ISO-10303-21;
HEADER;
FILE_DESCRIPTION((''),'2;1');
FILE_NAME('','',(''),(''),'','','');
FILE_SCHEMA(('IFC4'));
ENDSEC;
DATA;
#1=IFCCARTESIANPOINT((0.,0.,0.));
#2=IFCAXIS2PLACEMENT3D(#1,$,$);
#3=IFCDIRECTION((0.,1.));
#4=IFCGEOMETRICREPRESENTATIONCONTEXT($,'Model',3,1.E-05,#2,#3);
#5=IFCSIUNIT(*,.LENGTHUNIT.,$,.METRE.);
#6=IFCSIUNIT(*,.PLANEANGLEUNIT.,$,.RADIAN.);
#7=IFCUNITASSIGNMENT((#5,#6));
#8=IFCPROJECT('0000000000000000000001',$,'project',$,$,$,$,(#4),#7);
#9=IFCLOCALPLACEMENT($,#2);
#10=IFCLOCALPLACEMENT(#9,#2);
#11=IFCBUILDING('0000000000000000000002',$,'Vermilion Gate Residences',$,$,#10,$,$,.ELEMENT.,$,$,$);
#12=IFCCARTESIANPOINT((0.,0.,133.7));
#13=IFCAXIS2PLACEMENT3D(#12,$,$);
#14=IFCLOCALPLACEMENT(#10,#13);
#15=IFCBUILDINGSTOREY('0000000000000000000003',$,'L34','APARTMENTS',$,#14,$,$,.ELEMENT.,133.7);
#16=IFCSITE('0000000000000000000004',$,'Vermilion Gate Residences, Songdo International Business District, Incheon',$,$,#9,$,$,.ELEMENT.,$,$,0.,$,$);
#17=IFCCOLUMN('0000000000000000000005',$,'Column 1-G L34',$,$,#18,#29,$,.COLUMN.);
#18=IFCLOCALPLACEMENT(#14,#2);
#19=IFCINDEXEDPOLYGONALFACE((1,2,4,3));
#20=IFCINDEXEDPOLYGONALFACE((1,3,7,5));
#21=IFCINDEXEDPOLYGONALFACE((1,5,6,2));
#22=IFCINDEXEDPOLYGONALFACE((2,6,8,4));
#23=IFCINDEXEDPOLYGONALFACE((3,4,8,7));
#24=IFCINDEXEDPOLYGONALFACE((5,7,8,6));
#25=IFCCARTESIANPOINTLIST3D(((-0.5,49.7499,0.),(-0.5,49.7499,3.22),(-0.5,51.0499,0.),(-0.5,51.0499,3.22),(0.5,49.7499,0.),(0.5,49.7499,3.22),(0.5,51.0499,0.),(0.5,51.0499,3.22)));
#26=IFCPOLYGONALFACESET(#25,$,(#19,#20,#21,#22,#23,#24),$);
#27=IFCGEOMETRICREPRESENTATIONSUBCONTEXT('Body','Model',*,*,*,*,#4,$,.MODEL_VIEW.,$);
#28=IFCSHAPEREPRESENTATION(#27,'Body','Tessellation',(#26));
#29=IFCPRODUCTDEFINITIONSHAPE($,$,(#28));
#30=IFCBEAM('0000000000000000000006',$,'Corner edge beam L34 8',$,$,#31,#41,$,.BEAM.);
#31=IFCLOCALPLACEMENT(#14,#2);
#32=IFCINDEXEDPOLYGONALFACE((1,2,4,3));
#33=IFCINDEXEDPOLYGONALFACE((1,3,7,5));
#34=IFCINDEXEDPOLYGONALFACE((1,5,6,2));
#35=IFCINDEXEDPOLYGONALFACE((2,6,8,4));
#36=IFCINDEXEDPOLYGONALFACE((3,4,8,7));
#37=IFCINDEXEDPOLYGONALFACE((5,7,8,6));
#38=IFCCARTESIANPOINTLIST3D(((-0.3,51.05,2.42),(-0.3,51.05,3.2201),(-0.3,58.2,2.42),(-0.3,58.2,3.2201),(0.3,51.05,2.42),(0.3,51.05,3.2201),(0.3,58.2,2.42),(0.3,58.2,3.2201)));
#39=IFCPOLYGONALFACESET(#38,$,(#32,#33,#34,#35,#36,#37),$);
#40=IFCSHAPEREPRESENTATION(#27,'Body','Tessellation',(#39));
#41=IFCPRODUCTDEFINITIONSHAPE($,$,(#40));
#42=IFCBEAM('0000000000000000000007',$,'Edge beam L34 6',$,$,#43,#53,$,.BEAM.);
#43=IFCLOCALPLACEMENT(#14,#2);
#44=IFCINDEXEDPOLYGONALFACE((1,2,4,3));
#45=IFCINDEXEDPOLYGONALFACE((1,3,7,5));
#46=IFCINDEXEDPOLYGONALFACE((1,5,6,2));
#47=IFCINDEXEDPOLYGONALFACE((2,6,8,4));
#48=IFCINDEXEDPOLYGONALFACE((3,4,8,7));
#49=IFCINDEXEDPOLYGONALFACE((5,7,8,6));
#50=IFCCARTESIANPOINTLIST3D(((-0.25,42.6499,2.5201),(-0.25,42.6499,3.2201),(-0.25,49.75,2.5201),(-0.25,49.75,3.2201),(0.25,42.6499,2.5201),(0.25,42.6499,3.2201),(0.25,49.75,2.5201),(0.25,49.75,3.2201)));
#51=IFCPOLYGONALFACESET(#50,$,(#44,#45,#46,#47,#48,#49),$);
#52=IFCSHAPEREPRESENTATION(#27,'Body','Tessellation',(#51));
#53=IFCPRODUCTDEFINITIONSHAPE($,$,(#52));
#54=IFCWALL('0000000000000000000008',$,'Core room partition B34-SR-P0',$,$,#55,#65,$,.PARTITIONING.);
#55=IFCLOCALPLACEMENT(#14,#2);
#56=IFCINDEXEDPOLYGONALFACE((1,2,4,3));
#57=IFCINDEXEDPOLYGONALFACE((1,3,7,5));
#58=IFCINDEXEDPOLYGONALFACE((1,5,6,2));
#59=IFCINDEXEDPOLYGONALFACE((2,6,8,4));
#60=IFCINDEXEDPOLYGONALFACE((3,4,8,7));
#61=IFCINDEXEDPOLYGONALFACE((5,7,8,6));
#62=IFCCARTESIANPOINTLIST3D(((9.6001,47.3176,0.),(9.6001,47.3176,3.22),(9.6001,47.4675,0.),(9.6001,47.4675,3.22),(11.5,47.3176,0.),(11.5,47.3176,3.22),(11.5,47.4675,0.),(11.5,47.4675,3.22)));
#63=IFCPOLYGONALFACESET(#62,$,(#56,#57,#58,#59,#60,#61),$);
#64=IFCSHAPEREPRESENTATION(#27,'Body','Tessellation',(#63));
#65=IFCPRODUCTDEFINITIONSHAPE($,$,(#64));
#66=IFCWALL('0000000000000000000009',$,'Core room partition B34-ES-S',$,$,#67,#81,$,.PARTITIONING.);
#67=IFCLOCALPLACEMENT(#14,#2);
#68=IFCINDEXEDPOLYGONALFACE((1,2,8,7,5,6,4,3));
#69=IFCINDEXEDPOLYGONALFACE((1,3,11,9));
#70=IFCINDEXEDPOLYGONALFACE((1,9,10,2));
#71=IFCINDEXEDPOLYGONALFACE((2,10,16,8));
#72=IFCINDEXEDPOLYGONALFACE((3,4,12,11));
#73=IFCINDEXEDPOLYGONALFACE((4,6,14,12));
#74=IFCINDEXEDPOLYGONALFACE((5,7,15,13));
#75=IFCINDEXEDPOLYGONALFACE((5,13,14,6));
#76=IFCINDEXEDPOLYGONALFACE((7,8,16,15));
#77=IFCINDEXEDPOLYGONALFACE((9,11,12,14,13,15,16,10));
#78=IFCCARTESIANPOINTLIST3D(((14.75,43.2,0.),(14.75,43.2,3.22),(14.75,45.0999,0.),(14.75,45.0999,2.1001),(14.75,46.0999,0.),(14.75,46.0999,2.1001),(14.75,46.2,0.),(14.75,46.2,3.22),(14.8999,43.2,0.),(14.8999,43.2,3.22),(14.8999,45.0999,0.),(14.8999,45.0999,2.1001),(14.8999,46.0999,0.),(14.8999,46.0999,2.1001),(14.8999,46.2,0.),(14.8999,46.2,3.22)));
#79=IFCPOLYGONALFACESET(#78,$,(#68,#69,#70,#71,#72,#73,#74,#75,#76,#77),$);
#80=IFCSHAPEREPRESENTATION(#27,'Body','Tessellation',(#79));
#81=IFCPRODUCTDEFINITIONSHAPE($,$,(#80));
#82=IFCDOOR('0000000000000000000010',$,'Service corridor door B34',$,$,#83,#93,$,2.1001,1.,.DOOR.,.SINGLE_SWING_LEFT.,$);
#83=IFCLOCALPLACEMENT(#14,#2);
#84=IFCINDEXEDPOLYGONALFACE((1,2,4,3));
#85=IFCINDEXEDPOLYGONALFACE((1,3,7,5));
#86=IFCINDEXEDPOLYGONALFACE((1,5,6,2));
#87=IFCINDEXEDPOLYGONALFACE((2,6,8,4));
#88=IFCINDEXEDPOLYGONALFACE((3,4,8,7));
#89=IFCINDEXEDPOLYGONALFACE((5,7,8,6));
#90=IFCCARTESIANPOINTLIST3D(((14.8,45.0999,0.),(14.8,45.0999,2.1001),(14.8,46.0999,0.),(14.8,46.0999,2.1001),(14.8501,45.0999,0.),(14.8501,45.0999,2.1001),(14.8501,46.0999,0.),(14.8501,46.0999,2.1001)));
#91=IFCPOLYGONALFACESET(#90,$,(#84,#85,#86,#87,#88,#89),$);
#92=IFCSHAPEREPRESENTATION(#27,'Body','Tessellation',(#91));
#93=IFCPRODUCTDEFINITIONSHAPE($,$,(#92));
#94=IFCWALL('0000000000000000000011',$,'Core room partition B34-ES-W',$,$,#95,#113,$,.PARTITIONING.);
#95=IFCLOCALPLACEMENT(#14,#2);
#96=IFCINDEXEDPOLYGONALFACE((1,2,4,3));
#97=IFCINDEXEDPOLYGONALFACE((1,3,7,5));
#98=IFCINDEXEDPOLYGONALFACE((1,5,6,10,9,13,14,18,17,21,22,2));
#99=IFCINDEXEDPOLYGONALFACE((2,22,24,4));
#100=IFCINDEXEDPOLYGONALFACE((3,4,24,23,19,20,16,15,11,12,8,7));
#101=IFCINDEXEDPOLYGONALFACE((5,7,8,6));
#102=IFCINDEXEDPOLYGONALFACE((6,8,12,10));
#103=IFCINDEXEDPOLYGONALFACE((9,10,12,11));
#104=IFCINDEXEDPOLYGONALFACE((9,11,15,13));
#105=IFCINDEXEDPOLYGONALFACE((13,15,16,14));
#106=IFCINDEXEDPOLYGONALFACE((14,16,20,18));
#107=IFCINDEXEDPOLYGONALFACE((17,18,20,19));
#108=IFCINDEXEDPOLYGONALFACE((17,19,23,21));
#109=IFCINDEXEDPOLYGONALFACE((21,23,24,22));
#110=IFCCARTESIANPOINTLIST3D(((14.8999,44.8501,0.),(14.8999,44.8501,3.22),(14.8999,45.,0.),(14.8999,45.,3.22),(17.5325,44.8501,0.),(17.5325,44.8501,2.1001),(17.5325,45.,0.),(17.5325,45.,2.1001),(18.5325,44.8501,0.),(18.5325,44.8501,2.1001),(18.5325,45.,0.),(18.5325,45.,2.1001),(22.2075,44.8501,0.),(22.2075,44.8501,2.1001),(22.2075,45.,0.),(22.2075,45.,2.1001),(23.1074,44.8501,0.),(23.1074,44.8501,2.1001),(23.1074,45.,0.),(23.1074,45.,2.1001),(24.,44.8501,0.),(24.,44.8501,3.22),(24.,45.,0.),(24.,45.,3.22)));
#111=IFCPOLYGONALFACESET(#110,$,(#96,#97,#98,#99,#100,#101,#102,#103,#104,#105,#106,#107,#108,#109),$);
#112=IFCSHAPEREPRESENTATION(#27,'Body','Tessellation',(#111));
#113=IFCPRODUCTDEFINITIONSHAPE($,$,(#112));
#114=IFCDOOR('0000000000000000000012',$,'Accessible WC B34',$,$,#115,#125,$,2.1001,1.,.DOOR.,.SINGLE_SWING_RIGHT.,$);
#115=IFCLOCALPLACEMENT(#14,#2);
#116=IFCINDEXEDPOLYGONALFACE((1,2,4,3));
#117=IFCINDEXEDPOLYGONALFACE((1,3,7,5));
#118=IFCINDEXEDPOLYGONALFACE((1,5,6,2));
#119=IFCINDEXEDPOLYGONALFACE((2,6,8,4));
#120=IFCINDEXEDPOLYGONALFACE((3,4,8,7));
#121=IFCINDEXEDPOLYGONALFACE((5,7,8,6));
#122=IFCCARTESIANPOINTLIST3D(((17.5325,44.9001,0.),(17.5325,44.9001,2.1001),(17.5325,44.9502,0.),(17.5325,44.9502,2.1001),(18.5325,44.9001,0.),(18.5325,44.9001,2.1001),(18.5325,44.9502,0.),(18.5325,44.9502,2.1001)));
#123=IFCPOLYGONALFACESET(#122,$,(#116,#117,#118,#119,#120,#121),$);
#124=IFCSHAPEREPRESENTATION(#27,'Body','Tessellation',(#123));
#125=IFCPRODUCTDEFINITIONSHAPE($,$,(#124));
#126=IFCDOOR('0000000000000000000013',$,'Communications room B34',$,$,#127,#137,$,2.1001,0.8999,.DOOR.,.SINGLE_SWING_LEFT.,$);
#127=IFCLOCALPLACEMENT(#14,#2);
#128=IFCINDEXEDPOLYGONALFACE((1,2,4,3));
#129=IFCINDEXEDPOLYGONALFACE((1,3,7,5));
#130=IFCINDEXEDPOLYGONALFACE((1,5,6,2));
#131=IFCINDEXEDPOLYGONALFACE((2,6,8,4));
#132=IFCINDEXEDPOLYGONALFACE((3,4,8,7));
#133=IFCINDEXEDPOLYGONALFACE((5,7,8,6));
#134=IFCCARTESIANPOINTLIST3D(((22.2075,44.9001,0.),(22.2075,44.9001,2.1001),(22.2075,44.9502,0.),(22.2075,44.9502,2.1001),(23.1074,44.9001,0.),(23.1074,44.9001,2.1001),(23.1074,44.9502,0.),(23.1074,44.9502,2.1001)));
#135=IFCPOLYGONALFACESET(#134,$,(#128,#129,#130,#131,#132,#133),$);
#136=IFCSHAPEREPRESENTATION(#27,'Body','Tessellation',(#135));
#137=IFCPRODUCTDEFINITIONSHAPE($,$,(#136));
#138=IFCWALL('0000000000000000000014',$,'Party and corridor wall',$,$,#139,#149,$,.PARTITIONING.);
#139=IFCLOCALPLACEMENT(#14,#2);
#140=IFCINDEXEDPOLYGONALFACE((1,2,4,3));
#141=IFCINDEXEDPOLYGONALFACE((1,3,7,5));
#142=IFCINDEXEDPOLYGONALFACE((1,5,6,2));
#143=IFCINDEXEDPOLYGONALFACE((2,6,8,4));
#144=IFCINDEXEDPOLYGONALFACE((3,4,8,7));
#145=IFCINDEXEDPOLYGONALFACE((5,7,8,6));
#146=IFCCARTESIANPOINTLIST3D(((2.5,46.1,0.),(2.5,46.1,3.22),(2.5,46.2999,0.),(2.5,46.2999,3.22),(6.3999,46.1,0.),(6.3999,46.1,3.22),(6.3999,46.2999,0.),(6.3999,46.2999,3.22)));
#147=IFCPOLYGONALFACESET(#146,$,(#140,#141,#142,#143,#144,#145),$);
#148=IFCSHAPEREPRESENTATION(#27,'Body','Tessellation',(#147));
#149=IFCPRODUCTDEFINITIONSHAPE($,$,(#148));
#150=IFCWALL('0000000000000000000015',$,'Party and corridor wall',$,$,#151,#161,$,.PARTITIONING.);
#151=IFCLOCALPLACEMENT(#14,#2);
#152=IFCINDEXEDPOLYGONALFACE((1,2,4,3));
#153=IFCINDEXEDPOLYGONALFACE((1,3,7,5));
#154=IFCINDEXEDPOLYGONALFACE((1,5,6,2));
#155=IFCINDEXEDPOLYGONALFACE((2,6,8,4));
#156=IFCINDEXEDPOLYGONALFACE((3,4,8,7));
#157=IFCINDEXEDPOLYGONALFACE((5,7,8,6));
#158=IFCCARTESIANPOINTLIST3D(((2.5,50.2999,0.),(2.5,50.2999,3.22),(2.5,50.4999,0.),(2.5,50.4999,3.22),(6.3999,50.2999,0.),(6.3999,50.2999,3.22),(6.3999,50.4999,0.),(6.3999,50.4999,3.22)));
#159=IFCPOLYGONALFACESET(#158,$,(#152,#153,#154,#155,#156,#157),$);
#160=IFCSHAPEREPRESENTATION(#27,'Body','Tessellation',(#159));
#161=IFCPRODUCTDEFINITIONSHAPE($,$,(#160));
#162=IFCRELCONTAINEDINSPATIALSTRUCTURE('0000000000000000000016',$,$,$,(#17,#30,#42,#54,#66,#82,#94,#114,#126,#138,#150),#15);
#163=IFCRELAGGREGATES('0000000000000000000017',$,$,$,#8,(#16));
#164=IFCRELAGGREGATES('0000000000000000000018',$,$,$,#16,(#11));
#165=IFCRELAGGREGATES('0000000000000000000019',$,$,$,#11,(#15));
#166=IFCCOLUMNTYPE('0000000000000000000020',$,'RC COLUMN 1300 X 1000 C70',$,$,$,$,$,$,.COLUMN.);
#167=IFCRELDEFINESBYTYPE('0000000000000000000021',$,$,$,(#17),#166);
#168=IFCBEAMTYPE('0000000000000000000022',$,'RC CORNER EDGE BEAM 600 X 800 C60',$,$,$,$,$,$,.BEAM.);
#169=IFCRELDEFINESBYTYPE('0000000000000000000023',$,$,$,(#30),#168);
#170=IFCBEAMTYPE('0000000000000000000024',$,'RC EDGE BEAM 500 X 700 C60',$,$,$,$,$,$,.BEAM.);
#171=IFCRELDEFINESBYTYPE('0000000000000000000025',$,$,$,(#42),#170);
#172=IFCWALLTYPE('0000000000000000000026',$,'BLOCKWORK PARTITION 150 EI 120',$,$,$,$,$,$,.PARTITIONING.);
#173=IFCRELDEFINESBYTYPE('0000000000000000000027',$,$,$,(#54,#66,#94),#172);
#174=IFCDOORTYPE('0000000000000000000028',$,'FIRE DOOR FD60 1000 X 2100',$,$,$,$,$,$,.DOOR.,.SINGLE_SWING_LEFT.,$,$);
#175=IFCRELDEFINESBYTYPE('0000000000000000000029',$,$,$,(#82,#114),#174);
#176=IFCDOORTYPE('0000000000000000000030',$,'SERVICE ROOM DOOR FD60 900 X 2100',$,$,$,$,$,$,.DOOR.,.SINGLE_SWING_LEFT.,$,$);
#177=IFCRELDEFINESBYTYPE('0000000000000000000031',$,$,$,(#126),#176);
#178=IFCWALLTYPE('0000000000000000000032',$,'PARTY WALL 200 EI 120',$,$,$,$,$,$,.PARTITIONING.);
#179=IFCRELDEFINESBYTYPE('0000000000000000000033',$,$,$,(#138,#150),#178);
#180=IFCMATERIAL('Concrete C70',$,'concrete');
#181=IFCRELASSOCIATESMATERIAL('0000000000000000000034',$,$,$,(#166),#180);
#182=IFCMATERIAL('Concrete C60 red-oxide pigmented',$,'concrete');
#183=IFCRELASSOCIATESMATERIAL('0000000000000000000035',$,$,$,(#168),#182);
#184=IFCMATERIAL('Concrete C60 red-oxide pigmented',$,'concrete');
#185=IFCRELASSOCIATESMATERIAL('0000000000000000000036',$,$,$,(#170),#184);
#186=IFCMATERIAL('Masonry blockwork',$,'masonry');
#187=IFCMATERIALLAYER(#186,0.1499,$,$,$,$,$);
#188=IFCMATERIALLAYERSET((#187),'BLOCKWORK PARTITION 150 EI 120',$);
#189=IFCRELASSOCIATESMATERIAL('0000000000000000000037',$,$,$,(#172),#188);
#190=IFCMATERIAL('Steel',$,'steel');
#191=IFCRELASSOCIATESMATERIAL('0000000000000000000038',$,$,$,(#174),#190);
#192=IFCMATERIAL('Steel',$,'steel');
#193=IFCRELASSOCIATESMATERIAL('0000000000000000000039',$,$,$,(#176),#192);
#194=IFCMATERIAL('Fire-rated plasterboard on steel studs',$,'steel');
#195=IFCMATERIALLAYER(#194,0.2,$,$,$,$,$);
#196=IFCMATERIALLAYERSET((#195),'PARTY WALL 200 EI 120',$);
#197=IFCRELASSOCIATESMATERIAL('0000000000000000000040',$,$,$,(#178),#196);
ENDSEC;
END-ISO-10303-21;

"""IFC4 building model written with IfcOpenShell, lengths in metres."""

from ifc_helpers import new_model, si_unit, direction, frame, frame_2d, origin, origin_2d, place, context, subcontext, project, spatial, rectangle, extrude, material, layer, layer_set, material_profile, profile_set, type_object, element, fill, save


model = new_model("IFC4")

# Units and contexts
model_context = context("Model", 3, precision=1e-05, world=origin(), true_north=direction((0.0, 1.0)))
body_context = subcontext(model_context, "Body", "Model", "MODEL_VIEW")
ifc_project = project(units=[si_unit("LENGTHUNIT", "METRE"), si_unit("PLANEANGLEUNIT", "RADIAN")], contexts=[model_context])

# Site, building, storey
site_placement = place(None, origin())
site = spatial("IfcSite", under=ifc_project, at=site_placement, Name="Vermilion Gate Residences, Songdo International Business District, Incheon", CompositionType="ELEMENT", RefElevation=0.0)
building_placement = place(site_placement, origin())
building = spatial("IfcBuilding", under=site, at=building_placement, Name="Vermilion Gate Residences", CompositionType="ELEMENT")
storey_placement = place(building_placement, frame((0.0, 0.0, 133.7)))
storey = spatial("IfcBuildingStorey", under=building, at=storey_placement, Name="L34", Description="APARTMENTS", CompositionType="ELEMENT", Elevation=133.7)

# Column
ifc_material_1 = material(Name="Concrete C70", Category="concrete")
ifc_material_profile_1 = material_profile(ifc_material_1, rectangle(XDim=1.3, YDim=1.0, at=origin_2d()), Name="RC-1300x1000")
ifc_profile_set_1 = profile_set([ifc_material_profile_1], Name="Concrete C70")
column_type = type_object("IfcColumnType", Name="RC COLUMN 1300 X 1000 C70", PredefinedType="COLUMN", material=ifc_profile_set_1)
column_placement = place(storey_placement, frame((0.0, 50.3999, 0.0), z_axis=(0.0, 0.0, 1.0), x_axis=(0.0, 1.0, 0.0)))
element("IfcColumn", 1, at=column_placement, inside=storey, type_object=column_type, Name="Column 1-G L34", PredefinedType="COLUMN", context=body_context, shape_type="SweptSolid", body=[
    extrude(rectangle(XDim=1.3, YDim=1.0, at=origin_2d()), origin(), (0.0, 0.0, 1.0), 3.22),
])

# Beams
ifc_material_2 = material(Name="Concrete C60 red-oxide pigmented", Category="concrete")
ifc_material_profile_2 = material_profile(ifc_material_2, rectangle(XDim=0.6001, YDim=0.8, at=origin_2d()), Name="RC-600x800")
ifc_profile_set_2 = profile_set([ifc_material_profile_2], Name="Concrete C60 red-oxide pigmented")
beam_type_1 = type_object("IfcBeamType", Name="RC CORNER EDGE BEAM 600 X 800 C60", PredefinedType="BEAM", material=ifc_profile_set_2)
beam_1_placement = place(storey_placement, frame((0.0, 51.05, 2.8201), z_axis=(0.0, 1.0, 0.0), x_axis=(-1.0, 0.0, 0.0)))
element("IfcBeam", 2, at=beam_1_placement, inside=storey, type_object=beam_type_1, Name="Corner edge beam L34 8", PredefinedType="BEAM", context=body_context, shape_type="SweptSolid", body=[
    extrude(rectangle(XDim=0.6001, YDim=0.8, at=origin_2d()), origin(), (0.0, 0.0, 1.0), 7.1499),
])
ifc_material_3 = material(Name="Concrete C60 red-oxide pigmented", Category="concrete")
ifc_material_profile_3 = material_profile(ifc_material_3, rectangle(XDim=0.5, YDim=0.7, at=origin_2d()), Name="RC-500x700")
ifc_profile_set_3 = profile_set([ifc_material_profile_3], Name="Concrete C60 red-oxide pigmented")
beam_type_2 = type_object("IfcBeamType", Name="RC EDGE BEAM 500 X 700 C60", PredefinedType="BEAM", material=ifc_profile_set_3)
beam_2_placement = place(storey_placement, frame((0.0, 42.6499, 2.8701), z_axis=(0.0, 1.0, 0.0), x_axis=(-1.0, 0.0, 0.0)))
element("IfcBeam", 3, at=beam_2_placement, inside=storey, type_object=beam_type_2, Name="Edge beam L34 6", PredefinedType="BEAM", context=body_context, shape_type="SweptSolid", body=[
    extrude(rectangle(XDim=0.5, YDim=0.7, at=origin_2d()), origin(), (0.0, 0.0, 1.0), 7.1001),
])

# Wall
ifc_material_4 = material(Name="Masonry blockwork", Category="masonry")
ifc_layer_1 = layer(ifc_material_4, 0.1499)
ifc_layer_set_1 = layer_set([ifc_layer_1], Name="BLOCKWORK PARTITION 150 EI 120")
wall_type_1 = type_object("IfcWallType", Name="BLOCKWORK PARTITION 150 EI 120", PredefinedType="PARTITIONING", material=ifc_layer_set_1)
wall_1_placement = place(storey_placement, frame((9.6001, 47.3926, 0.0), z_axis=(0.0, 0.0, 1.0), x_axis=(1.0, 0.0, 0.0)))
element("IfcWall", 4, at=wall_1_placement, inside=storey, type_object=wall_type_1, Name="Core room partition B34-SR-P0", PredefinedType="PARTITIONING", context=body_context, shape_type="SweptSolid", body=[
    extrude(rectangle(XDim=1.8999, YDim=0.1499, at=frame_2d((0.95, 0.0))), origin(), (0.0, 0.0, 1.0), 3.22),
])

# Wall, opening, door
wall_2_placement = place(storey_placement, frame((14.825, 46.2, 0.0), z_axis=(0.0, 0.0, 1.0), x_axis=(0.0, -1.0, 0.0)))
wall_2 = element("IfcWall", 5, at=wall_2_placement, inside=storey, type_object=wall_type_1, Name="Core room partition B34-ES-S", PredefinedType="PARTITIONING", context=body_context, shape_type="SweptSolid", body=[
    extrude(rectangle(XDim=3.0, YDim=0.1499, at=frame_2d((1.5, 0.0))), origin(), (0.0, 0.0, 1.0), 3.22),
])
opening_1_placement = place(wall_2_placement, frame((0.1001, 0.0, 0.0)))
opening_1 = element("IfcOpeningElement", 6, at=opening_1_placement, cuts=wall_2, PredefinedType="OPENING", context=body_context, shape_type="SweptSolid", body=[
    extrude(rectangle(XDim=1.0, YDim=2.1001, at=frame_2d((0.5, 1.05))), frame((0.0, 0.085, 0.0), z_axis=(0.0, -1.0, 0.0), x_axis=(1.0, 0.0, 0.0)), (0.0, 0.0, 1.0), 0.1699),
])
ifc_material_5 = material(Name="Steel", Category="steel")
door_type_1 = type_object("IfcDoorType", Name="FIRE DOOR FD60 1000 X 2100", OperationType="SINGLE_SWING_LEFT", PredefinedType="DOOR", material=ifc_material_5)
door_1_placement = place(opening_1_placement, frame((1.0, 0.0, 0.0), z_axis=(0.0, 0.0, 1.0), x_axis=(-1.0, 0.0, 0.0)))
door_1 = element("IfcDoor", 7, at=door_1_placement, inside=storey, type_object=door_type_1, Name="Service corridor door B34", OperationType="SINGLE_SWING_LEFT", OverallHeight=2.1001, OverallWidth=1.0, PredefinedType="DOOR", context=body_context, shape_type="SweptSolid", body=[
    extrude(rectangle(XDim=1.0, YDim=2.1001, at=frame_2d((0.5, 1.05))), frame((0.0, 0.0249, 0.0), z_axis=(0.0, -1.0, 0.0), x_axis=(1.0, 0.0, 0.0)), (0.0, 0.0, 1.0), 0.05),
])
fill(opening_1, door_1)

# Wall, openings, doors
wall_3_placement = place(storey_placement, frame((14.8999, 44.925, 0.0), z_axis=(0.0, 0.0, 1.0), x_axis=(1.0, 0.0, 0.0)))
wall_3 = element("IfcWall", 8, at=wall_3_placement, inside=storey, type_object=wall_type_1, Name="Core room partition B34-ES-W", PredefinedType="PARTITIONING", context=body_context, shape_type="SweptSolid", body=[
    extrude(rectangle(XDim=9.1001, YDim=0.1499, at=frame_2d((4.55, 0.0))), origin(), (0.0, 0.0, 1.0), 3.22),
])
opening_2_placement = place(wall_3_placement, frame((2.6326, 0.0, 0.0)))
opening_2 = element("IfcOpeningElement", 9, at=opening_2_placement, cuts=wall_3, PredefinedType="OPENING", context=body_context, shape_type="SweptSolid", body=[
    extrude(rectangle(XDim=1.0, YDim=2.1001, at=frame_2d((0.5, 1.05))), frame((0.0, 0.085, 0.0), z_axis=(0.0, -1.0, 0.0), x_axis=(1.0, 0.0, 0.0)), (0.0, 0.0, 1.0), 0.1699),
])
opening_3_placement = place(wall_3_placement, frame((7.3076, 0.0, 0.0)))
opening_3 = element("IfcOpeningElement", 10, at=opening_3_placement, cuts=wall_3, PredefinedType="OPENING", context=body_context, shape_type="SweptSolid", body=[
    extrude(rectangle(XDim=0.8999, YDim=2.1001, at=frame_2d((0.45, 1.05))), frame((0.0, 0.085, 0.0), z_axis=(0.0, -1.0, 0.0), x_axis=(1.0, 0.0, 0.0)), (0.0, 0.0, 1.0), 0.1699),
])
door_2_placement = place(opening_2_placement, frame((1.0, 0.0, 0.0), z_axis=(0.0, 0.0, 1.0), x_axis=(-1.0, 0.0, 0.0)))
door_2 = element("IfcDoor", 11, at=door_2_placement, inside=storey, type_object=door_type_1, Name="Accessible WC B34", OperationType="SINGLE_SWING_RIGHT", OverallHeight=2.1001, OverallWidth=1.0, PredefinedType="DOOR", context=body_context, shape_type="SweptSolid", body=[
    extrude(rectangle(XDim=1.0, YDim=2.1001, at=frame_2d((0.5, 1.05))), frame((0.0, 0.0249, 0.0), z_axis=(0.0, -1.0, 0.0), x_axis=(1.0, 0.0, 0.0)), (0.0, 0.0, 1.0), 0.05),
])
fill(opening_2, door_2)
ifc_material_6 = material(Name="Steel", Category="steel")
door_type_2 = type_object("IfcDoorType", Name="SERVICE ROOM DOOR FD60 900 X 2100", OperationType="SINGLE_SWING_LEFT", PredefinedType="DOOR", material=ifc_material_6)
door_3_placement = place(opening_3_placement, frame((0.8999, 0.0, 0.0), z_axis=(0.0, 0.0, 1.0), x_axis=(-1.0, 0.0, 0.0)))
door_3 = element("IfcDoor", 12, at=door_3_placement, inside=storey, type_object=door_type_2, Name="Communications room B34", OperationType="SINGLE_SWING_LEFT", OverallHeight=2.1001, OverallWidth=0.8999, PredefinedType="DOOR", context=body_context, shape_type="SweptSolid", body=[
    extrude(rectangle(XDim=0.8999, YDim=2.1001, at=frame_2d((0.45, 1.05))), frame((0.0, 0.0249, 0.0), z_axis=(0.0, -1.0, 0.0), x_axis=(1.0, 0.0, 0.0)), (0.0, 0.0, 1.0), 0.05),
])
fill(opening_3, door_3)

# Walls
ifc_material_7 = material(Name="Fire-rated plasterboard on steel studs", Category="steel")
ifc_layer_2 = layer(ifc_material_7, 0.2)
ifc_layer_set_2 = layer_set([ifc_layer_2], Name="PARTY WALL 200 EI 120")
wall_type_2 = type_object("IfcWallType", Name="PARTY WALL 200 EI 120", PredefinedType="PARTITIONING", material=ifc_layer_set_2)
for number, where, z_axis, x_axis, name in (
    (13, (2.5, 46.2, 0.0), (0.0, 0.0, 1.0), (1.0, 0.0, 0.0), "Party and corridor wall"),
    (14, (2.5, 50.3999, 0.0), (0.0, 0.0, 1.0), (1.0, 0.0, 0.0), "Party and corridor wall"),
):
    element("IfcWall", number, at=place(storey_placement, frame(where, z_axis=z_axis, x_axis=x_axis)), inside=storey, type_object=wall_type_2, Name=name, PredefinedType="PARTITIONING", context=body_context, shape_type="SweptSolid", body=[
        extrude(rectangle(XDim=3.8999, YDim=0.2, at=frame_2d((1.95, 0.0))), origin(), (0.0, 0.0, 1.0), 3.22),
    ])

save(model, "model.ifc")
